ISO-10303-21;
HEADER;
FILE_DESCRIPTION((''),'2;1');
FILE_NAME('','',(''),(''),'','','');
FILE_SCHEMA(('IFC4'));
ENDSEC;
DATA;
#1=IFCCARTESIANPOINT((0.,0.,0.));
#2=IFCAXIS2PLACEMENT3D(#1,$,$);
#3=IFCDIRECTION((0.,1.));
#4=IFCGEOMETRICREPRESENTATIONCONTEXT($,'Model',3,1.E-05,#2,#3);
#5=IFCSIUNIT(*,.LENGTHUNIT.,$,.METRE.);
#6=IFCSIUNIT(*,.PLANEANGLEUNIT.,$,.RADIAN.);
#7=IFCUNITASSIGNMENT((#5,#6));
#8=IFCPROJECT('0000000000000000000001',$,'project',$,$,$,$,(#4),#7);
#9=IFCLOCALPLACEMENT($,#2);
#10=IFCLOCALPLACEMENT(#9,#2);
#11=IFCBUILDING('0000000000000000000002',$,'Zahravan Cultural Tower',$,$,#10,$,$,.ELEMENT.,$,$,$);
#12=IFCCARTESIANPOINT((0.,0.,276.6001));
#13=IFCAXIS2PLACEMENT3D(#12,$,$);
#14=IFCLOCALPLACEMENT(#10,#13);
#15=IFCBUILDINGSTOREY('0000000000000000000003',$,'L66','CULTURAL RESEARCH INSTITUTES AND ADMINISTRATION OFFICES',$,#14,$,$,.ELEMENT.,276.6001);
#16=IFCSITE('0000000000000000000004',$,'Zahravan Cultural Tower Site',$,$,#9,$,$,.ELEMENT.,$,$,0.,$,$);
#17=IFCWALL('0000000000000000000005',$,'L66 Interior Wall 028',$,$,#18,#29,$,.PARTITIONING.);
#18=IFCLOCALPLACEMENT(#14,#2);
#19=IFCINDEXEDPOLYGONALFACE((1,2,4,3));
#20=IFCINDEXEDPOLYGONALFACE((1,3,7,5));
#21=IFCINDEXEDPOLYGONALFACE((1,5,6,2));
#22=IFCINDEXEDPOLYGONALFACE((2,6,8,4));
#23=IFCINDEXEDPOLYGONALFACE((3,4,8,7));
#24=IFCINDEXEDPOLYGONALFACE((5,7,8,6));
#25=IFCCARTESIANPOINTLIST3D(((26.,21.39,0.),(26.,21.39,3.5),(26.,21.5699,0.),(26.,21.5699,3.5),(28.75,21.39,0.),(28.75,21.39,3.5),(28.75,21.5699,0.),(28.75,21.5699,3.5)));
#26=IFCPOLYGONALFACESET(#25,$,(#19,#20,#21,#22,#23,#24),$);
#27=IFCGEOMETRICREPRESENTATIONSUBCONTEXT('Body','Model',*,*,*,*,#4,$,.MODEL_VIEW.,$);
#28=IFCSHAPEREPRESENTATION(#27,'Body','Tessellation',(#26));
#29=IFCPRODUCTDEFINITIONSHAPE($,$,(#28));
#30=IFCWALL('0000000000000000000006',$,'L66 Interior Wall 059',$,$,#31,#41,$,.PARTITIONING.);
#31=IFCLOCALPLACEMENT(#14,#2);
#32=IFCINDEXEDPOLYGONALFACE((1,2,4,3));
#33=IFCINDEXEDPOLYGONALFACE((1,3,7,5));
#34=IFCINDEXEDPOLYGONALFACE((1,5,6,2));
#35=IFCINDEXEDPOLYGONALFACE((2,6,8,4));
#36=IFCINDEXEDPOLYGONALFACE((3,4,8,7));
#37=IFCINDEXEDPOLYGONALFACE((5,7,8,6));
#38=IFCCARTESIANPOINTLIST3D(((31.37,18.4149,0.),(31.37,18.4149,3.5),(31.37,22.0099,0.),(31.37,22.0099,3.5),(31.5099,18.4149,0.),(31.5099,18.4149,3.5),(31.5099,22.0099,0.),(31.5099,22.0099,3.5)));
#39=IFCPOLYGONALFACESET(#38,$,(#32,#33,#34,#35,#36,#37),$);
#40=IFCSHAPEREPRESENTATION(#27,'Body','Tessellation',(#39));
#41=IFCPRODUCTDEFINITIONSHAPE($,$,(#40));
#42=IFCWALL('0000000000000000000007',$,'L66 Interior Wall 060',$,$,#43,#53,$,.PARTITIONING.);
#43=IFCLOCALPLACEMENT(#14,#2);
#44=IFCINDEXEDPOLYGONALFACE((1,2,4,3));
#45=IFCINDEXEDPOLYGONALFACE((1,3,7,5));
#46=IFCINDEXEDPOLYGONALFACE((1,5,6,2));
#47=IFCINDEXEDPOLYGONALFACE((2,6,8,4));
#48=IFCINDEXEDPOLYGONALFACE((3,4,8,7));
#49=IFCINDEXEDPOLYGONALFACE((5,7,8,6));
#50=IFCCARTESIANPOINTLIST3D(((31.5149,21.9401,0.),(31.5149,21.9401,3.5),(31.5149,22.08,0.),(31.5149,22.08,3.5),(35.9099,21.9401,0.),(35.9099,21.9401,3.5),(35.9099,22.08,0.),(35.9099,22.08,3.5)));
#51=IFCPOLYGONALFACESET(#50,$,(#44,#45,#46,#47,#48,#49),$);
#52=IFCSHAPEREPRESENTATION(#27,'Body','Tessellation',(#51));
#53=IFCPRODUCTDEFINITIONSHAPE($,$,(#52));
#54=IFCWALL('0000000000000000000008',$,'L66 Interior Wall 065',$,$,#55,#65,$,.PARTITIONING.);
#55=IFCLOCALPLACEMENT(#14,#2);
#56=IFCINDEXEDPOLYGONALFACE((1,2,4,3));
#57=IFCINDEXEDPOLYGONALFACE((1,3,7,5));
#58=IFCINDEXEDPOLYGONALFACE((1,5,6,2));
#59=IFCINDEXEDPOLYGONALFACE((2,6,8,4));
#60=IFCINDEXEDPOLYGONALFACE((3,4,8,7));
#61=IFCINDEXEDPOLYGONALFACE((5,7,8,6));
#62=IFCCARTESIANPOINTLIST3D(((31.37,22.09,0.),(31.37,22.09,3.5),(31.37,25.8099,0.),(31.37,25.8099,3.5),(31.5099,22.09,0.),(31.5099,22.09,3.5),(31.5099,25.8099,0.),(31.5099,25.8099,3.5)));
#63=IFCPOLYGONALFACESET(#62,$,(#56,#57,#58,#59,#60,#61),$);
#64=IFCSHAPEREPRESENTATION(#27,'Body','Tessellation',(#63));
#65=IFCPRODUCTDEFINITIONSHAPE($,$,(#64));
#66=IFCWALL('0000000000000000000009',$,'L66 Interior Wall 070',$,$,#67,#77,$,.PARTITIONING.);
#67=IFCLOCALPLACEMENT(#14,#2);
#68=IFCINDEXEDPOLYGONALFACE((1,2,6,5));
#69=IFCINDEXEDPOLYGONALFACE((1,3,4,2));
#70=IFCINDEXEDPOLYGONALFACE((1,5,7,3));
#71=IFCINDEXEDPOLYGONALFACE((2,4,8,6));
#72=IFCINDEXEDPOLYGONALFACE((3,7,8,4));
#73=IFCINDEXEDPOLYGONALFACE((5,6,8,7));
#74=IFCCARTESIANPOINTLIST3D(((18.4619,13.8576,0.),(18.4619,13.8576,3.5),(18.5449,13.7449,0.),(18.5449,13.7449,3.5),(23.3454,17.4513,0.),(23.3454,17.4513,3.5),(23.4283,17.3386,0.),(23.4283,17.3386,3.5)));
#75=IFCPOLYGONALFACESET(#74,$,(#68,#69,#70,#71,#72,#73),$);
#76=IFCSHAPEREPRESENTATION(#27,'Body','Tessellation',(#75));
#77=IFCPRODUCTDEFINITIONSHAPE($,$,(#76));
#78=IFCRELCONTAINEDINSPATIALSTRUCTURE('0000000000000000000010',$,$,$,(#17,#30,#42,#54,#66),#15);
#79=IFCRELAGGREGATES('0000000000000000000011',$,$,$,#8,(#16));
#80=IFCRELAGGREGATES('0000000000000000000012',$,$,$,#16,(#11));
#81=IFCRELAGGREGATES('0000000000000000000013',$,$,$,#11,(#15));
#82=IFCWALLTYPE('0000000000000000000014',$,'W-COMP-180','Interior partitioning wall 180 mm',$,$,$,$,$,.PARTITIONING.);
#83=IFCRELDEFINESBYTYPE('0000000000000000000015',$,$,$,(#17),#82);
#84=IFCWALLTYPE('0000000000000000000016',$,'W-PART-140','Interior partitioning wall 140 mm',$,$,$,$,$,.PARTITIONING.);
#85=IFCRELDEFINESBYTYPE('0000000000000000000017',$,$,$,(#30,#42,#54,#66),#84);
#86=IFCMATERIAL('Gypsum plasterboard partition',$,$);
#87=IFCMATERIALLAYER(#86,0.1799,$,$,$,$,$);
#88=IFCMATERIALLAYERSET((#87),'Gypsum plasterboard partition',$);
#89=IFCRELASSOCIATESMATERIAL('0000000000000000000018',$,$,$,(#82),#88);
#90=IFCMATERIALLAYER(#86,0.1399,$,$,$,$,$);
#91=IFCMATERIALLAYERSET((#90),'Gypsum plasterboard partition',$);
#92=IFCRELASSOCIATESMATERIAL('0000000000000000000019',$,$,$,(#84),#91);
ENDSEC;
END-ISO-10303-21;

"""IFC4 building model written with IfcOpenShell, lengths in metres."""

from ifc_helpers import new_model, si_unit, direction, frame, frame_2d, origin, place, context, subcontext, project, spatial, rectangle, extrude, source, transform, mapped, material, layer, layer_set, type_object, element, save


model = new_model("IFC4")

# Units and contexts
model_context = context("Model", 3, precision=1e-05, world=origin(), true_north=direction((0.0, 1.0)))
body_context = subcontext(model_context, "Body", "Model", "MODEL_VIEW")
ifc_project = project(units=[si_unit("LENGTHUNIT", "METRE"), si_unit("PLANEANGLEUNIT", "RADIAN")], contexts=[model_context])

# Site, building, storey
site_placement = place(None, origin())
site = spatial("IfcSite", under=ifc_project, at=site_placement, Name="Zahravan Cultural Tower Site", CompositionType="ELEMENT", RefElevation=0.0)
building_placement = place(site_placement, origin())
building = spatial("IfcBuilding", under=site, at=building_placement, Name="Zahravan Cultural Tower", CompositionType="ELEMENT")
storey_placement = place(building_placement, frame((0.0, 0.0, 276.6001)))
storey = spatial("IfcBuildingStorey", under=building, at=storey_placement, Name="L66", Description="CULTURAL RESEARCH INSTITUTES AND ADMINISTRATION OFFICES", CompositionType="ELEMENT", Elevation=276.6001)

# Shared definitions
ifc_material_1 = material(Name="Gypsum plasterboard partition")
ifc_layer_1 = layer(ifc_material_1, 0.1799)
ifc_layer_set_1 = layer_set([ifc_layer_1], Name="Gypsum plasterboard partition")
wall_type_1 = type_object("IfcWallType", Name="W-COMP-180", Description="Interior partitioning wall 180 mm", PredefinedType="PARTITIONING", material=ifc_layer_set_1)
ifc_layer_2 = layer(ifc_material_1, 0.1399)
ifc_layer_set_2 = layer_set([ifc_layer_2], Name="Gypsum plasterboard partition")
wall_type_2 = type_object("IfcWallType", Name="W-PART-140", Description="Interior partitioning wall 140 mm", PredefinedType="PARTITIONING", material=ifc_layer_set_2)

# Walls
shared_shape_1 = source(origin(), body_context, "Body", "SweptSolid", [
    extrude(rectangle(XDim=2.75, YDim=0.1799, at=frame_2d((1.375, 0.0))), origin(), (0.0, 0.0, 1.0), 3.5),
])
wall_1_placement = place(storey_placement, frame((26.0, 21.48, 0.0), z_axis=(0.0, 0.0, 1.0), x_axis=(1.0, 0.0, 0.0)))
element("IfcWall", 1, at=wall_1_placement, inside=storey, type_object=wall_type_1, Name="L66 Interior Wall 028", PredefinedType="PARTITIONING", context=body_context, shape_type="MappedRepresentation", body=[
    mapped(shared_shape_1, transform((0.0, 0.0, 0.0), x_axis=(1.0, 0.0, 0.0), y_axis=(0.0, 1.0, 0.0), z_axis=(0.0, 0.0, 1.0), scale=1.0)),
])
shared_shape_2 = source(origin(), body_context, "Body", "SweptSolid", [
    extrude(rectangle(XDim=3.595, YDim=0.1399, at=frame_2d((1.7974, 0.0))), origin(), (0.0, 0.0, 1.0), 3.5),
])
wall_2_placement = place(storey_placement, frame((31.4399, 18.415, 0.0), z_axis=(0.0, 0.0, 1.0), x_axis=(0.0, 1.0, 0.0)))
element("IfcWall", 2, at=wall_2_placement, inside=storey, type_object=wall_type_2, Name="L66 Interior Wall 059", PredefinedType="PARTITIONING", context=body_context, shape_type="MappedRepresentation", body=[
    mapped(shared_shape_2, transform((0.0, 0.0, 0.0), x_axis=(1.0, 0.0, 0.0), y_axis=(0.0, 1.0, 0.0), z_axis=(0.0, 0.0, 1.0), scale=1.0)),
])
shared_shape_3 = source(origin(), body_context, "Body", "SweptSolid", [
    extrude(rectangle(XDim=4.395, YDim=0.1399, at=frame_2d((2.1975, 0.0))), origin(), (0.0, 0.0, 1.0), 3.5),
])
wall_3_placement = place(storey_placement, frame((31.5149, 22.01, 0.0), z_axis=(0.0, 0.0, 1.0), x_axis=(1.0, 0.0, 0.0)))
element("IfcWall", 3, at=wall_3_placement, inside=storey, type_object=wall_type_2, Name="L66 Interior Wall 060", PredefinedType="PARTITIONING", context=body_context, shape_type="MappedRepresentation", body=[
    mapped(shared_shape_3, transform((0.0, 0.0, 0.0), x_axis=(1.0, 0.0, 0.0), y_axis=(0.0, 1.0, 0.0), z_axis=(0.0, 0.0, 1.0), scale=1.0)),
])
shared_shape_4 = source(origin(), body_context, "Body", "SweptSolid", [
    extrude(rectangle(XDim=3.72, YDim=0.1399, at=frame_2d((1.8599, 0.0))), origin(), (0.0, 0.0, 1.0), 3.5),
])
wall_4_placement = place(storey_placement, frame((31.4399, 22.0901, 0.0), z_axis=(0.0, 0.0, 1.0), x_axis=(0.0, 1.0, 0.0)))
element("IfcWall", 4, at=wall_4_placement, inside=storey, type_object=wall_type_2, Name="L66 Interior Wall 065", PredefinedType="PARTITIONING", context=body_context, shape_type="MappedRepresentation", body=[
    mapped(shared_shape_4, transform((0.0, 0.0, 0.0), x_axis=(1.0, 0.0, 0.0), y_axis=(0.0, 1.0, 0.0), z_axis=(0.0, 0.0, 1.0), scale=1.0)),
])
shared_shape_5 = source(origin(), body_context, "Body", "SweptSolid", [
    extrude(rectangle(XDim=6.0632, YDim=0.1399, at=frame_2d((3.0317, 0.0))), origin(), (0.0, 0.0, 1.0), 3.5),
])
wall_5_placement = place(storey_placement, frame((23.387, 17.395, 0.0), z_axis=(0.0, 0.0, 1.0), x_axis=(-0.805422, -0.592702, 0.0)))
element("IfcWall", 5, at=wall_5_placement, inside=storey, type_object=wall_type_2, Name="L66 Interior Wall 070", PredefinedType="PARTITIONING", context=body_context, shape_type="MappedRepresentation", body=[
    mapped(shared_shape_5, transform((0.0, 0.0, 0.0), x_axis=(1.0, 0.0, 0.0), y_axis=(0.0, 1.0, 0.0), z_axis=(0.0, 0.0, 1.0), scale=1.0)),
])

save(model, "model.ifc")
